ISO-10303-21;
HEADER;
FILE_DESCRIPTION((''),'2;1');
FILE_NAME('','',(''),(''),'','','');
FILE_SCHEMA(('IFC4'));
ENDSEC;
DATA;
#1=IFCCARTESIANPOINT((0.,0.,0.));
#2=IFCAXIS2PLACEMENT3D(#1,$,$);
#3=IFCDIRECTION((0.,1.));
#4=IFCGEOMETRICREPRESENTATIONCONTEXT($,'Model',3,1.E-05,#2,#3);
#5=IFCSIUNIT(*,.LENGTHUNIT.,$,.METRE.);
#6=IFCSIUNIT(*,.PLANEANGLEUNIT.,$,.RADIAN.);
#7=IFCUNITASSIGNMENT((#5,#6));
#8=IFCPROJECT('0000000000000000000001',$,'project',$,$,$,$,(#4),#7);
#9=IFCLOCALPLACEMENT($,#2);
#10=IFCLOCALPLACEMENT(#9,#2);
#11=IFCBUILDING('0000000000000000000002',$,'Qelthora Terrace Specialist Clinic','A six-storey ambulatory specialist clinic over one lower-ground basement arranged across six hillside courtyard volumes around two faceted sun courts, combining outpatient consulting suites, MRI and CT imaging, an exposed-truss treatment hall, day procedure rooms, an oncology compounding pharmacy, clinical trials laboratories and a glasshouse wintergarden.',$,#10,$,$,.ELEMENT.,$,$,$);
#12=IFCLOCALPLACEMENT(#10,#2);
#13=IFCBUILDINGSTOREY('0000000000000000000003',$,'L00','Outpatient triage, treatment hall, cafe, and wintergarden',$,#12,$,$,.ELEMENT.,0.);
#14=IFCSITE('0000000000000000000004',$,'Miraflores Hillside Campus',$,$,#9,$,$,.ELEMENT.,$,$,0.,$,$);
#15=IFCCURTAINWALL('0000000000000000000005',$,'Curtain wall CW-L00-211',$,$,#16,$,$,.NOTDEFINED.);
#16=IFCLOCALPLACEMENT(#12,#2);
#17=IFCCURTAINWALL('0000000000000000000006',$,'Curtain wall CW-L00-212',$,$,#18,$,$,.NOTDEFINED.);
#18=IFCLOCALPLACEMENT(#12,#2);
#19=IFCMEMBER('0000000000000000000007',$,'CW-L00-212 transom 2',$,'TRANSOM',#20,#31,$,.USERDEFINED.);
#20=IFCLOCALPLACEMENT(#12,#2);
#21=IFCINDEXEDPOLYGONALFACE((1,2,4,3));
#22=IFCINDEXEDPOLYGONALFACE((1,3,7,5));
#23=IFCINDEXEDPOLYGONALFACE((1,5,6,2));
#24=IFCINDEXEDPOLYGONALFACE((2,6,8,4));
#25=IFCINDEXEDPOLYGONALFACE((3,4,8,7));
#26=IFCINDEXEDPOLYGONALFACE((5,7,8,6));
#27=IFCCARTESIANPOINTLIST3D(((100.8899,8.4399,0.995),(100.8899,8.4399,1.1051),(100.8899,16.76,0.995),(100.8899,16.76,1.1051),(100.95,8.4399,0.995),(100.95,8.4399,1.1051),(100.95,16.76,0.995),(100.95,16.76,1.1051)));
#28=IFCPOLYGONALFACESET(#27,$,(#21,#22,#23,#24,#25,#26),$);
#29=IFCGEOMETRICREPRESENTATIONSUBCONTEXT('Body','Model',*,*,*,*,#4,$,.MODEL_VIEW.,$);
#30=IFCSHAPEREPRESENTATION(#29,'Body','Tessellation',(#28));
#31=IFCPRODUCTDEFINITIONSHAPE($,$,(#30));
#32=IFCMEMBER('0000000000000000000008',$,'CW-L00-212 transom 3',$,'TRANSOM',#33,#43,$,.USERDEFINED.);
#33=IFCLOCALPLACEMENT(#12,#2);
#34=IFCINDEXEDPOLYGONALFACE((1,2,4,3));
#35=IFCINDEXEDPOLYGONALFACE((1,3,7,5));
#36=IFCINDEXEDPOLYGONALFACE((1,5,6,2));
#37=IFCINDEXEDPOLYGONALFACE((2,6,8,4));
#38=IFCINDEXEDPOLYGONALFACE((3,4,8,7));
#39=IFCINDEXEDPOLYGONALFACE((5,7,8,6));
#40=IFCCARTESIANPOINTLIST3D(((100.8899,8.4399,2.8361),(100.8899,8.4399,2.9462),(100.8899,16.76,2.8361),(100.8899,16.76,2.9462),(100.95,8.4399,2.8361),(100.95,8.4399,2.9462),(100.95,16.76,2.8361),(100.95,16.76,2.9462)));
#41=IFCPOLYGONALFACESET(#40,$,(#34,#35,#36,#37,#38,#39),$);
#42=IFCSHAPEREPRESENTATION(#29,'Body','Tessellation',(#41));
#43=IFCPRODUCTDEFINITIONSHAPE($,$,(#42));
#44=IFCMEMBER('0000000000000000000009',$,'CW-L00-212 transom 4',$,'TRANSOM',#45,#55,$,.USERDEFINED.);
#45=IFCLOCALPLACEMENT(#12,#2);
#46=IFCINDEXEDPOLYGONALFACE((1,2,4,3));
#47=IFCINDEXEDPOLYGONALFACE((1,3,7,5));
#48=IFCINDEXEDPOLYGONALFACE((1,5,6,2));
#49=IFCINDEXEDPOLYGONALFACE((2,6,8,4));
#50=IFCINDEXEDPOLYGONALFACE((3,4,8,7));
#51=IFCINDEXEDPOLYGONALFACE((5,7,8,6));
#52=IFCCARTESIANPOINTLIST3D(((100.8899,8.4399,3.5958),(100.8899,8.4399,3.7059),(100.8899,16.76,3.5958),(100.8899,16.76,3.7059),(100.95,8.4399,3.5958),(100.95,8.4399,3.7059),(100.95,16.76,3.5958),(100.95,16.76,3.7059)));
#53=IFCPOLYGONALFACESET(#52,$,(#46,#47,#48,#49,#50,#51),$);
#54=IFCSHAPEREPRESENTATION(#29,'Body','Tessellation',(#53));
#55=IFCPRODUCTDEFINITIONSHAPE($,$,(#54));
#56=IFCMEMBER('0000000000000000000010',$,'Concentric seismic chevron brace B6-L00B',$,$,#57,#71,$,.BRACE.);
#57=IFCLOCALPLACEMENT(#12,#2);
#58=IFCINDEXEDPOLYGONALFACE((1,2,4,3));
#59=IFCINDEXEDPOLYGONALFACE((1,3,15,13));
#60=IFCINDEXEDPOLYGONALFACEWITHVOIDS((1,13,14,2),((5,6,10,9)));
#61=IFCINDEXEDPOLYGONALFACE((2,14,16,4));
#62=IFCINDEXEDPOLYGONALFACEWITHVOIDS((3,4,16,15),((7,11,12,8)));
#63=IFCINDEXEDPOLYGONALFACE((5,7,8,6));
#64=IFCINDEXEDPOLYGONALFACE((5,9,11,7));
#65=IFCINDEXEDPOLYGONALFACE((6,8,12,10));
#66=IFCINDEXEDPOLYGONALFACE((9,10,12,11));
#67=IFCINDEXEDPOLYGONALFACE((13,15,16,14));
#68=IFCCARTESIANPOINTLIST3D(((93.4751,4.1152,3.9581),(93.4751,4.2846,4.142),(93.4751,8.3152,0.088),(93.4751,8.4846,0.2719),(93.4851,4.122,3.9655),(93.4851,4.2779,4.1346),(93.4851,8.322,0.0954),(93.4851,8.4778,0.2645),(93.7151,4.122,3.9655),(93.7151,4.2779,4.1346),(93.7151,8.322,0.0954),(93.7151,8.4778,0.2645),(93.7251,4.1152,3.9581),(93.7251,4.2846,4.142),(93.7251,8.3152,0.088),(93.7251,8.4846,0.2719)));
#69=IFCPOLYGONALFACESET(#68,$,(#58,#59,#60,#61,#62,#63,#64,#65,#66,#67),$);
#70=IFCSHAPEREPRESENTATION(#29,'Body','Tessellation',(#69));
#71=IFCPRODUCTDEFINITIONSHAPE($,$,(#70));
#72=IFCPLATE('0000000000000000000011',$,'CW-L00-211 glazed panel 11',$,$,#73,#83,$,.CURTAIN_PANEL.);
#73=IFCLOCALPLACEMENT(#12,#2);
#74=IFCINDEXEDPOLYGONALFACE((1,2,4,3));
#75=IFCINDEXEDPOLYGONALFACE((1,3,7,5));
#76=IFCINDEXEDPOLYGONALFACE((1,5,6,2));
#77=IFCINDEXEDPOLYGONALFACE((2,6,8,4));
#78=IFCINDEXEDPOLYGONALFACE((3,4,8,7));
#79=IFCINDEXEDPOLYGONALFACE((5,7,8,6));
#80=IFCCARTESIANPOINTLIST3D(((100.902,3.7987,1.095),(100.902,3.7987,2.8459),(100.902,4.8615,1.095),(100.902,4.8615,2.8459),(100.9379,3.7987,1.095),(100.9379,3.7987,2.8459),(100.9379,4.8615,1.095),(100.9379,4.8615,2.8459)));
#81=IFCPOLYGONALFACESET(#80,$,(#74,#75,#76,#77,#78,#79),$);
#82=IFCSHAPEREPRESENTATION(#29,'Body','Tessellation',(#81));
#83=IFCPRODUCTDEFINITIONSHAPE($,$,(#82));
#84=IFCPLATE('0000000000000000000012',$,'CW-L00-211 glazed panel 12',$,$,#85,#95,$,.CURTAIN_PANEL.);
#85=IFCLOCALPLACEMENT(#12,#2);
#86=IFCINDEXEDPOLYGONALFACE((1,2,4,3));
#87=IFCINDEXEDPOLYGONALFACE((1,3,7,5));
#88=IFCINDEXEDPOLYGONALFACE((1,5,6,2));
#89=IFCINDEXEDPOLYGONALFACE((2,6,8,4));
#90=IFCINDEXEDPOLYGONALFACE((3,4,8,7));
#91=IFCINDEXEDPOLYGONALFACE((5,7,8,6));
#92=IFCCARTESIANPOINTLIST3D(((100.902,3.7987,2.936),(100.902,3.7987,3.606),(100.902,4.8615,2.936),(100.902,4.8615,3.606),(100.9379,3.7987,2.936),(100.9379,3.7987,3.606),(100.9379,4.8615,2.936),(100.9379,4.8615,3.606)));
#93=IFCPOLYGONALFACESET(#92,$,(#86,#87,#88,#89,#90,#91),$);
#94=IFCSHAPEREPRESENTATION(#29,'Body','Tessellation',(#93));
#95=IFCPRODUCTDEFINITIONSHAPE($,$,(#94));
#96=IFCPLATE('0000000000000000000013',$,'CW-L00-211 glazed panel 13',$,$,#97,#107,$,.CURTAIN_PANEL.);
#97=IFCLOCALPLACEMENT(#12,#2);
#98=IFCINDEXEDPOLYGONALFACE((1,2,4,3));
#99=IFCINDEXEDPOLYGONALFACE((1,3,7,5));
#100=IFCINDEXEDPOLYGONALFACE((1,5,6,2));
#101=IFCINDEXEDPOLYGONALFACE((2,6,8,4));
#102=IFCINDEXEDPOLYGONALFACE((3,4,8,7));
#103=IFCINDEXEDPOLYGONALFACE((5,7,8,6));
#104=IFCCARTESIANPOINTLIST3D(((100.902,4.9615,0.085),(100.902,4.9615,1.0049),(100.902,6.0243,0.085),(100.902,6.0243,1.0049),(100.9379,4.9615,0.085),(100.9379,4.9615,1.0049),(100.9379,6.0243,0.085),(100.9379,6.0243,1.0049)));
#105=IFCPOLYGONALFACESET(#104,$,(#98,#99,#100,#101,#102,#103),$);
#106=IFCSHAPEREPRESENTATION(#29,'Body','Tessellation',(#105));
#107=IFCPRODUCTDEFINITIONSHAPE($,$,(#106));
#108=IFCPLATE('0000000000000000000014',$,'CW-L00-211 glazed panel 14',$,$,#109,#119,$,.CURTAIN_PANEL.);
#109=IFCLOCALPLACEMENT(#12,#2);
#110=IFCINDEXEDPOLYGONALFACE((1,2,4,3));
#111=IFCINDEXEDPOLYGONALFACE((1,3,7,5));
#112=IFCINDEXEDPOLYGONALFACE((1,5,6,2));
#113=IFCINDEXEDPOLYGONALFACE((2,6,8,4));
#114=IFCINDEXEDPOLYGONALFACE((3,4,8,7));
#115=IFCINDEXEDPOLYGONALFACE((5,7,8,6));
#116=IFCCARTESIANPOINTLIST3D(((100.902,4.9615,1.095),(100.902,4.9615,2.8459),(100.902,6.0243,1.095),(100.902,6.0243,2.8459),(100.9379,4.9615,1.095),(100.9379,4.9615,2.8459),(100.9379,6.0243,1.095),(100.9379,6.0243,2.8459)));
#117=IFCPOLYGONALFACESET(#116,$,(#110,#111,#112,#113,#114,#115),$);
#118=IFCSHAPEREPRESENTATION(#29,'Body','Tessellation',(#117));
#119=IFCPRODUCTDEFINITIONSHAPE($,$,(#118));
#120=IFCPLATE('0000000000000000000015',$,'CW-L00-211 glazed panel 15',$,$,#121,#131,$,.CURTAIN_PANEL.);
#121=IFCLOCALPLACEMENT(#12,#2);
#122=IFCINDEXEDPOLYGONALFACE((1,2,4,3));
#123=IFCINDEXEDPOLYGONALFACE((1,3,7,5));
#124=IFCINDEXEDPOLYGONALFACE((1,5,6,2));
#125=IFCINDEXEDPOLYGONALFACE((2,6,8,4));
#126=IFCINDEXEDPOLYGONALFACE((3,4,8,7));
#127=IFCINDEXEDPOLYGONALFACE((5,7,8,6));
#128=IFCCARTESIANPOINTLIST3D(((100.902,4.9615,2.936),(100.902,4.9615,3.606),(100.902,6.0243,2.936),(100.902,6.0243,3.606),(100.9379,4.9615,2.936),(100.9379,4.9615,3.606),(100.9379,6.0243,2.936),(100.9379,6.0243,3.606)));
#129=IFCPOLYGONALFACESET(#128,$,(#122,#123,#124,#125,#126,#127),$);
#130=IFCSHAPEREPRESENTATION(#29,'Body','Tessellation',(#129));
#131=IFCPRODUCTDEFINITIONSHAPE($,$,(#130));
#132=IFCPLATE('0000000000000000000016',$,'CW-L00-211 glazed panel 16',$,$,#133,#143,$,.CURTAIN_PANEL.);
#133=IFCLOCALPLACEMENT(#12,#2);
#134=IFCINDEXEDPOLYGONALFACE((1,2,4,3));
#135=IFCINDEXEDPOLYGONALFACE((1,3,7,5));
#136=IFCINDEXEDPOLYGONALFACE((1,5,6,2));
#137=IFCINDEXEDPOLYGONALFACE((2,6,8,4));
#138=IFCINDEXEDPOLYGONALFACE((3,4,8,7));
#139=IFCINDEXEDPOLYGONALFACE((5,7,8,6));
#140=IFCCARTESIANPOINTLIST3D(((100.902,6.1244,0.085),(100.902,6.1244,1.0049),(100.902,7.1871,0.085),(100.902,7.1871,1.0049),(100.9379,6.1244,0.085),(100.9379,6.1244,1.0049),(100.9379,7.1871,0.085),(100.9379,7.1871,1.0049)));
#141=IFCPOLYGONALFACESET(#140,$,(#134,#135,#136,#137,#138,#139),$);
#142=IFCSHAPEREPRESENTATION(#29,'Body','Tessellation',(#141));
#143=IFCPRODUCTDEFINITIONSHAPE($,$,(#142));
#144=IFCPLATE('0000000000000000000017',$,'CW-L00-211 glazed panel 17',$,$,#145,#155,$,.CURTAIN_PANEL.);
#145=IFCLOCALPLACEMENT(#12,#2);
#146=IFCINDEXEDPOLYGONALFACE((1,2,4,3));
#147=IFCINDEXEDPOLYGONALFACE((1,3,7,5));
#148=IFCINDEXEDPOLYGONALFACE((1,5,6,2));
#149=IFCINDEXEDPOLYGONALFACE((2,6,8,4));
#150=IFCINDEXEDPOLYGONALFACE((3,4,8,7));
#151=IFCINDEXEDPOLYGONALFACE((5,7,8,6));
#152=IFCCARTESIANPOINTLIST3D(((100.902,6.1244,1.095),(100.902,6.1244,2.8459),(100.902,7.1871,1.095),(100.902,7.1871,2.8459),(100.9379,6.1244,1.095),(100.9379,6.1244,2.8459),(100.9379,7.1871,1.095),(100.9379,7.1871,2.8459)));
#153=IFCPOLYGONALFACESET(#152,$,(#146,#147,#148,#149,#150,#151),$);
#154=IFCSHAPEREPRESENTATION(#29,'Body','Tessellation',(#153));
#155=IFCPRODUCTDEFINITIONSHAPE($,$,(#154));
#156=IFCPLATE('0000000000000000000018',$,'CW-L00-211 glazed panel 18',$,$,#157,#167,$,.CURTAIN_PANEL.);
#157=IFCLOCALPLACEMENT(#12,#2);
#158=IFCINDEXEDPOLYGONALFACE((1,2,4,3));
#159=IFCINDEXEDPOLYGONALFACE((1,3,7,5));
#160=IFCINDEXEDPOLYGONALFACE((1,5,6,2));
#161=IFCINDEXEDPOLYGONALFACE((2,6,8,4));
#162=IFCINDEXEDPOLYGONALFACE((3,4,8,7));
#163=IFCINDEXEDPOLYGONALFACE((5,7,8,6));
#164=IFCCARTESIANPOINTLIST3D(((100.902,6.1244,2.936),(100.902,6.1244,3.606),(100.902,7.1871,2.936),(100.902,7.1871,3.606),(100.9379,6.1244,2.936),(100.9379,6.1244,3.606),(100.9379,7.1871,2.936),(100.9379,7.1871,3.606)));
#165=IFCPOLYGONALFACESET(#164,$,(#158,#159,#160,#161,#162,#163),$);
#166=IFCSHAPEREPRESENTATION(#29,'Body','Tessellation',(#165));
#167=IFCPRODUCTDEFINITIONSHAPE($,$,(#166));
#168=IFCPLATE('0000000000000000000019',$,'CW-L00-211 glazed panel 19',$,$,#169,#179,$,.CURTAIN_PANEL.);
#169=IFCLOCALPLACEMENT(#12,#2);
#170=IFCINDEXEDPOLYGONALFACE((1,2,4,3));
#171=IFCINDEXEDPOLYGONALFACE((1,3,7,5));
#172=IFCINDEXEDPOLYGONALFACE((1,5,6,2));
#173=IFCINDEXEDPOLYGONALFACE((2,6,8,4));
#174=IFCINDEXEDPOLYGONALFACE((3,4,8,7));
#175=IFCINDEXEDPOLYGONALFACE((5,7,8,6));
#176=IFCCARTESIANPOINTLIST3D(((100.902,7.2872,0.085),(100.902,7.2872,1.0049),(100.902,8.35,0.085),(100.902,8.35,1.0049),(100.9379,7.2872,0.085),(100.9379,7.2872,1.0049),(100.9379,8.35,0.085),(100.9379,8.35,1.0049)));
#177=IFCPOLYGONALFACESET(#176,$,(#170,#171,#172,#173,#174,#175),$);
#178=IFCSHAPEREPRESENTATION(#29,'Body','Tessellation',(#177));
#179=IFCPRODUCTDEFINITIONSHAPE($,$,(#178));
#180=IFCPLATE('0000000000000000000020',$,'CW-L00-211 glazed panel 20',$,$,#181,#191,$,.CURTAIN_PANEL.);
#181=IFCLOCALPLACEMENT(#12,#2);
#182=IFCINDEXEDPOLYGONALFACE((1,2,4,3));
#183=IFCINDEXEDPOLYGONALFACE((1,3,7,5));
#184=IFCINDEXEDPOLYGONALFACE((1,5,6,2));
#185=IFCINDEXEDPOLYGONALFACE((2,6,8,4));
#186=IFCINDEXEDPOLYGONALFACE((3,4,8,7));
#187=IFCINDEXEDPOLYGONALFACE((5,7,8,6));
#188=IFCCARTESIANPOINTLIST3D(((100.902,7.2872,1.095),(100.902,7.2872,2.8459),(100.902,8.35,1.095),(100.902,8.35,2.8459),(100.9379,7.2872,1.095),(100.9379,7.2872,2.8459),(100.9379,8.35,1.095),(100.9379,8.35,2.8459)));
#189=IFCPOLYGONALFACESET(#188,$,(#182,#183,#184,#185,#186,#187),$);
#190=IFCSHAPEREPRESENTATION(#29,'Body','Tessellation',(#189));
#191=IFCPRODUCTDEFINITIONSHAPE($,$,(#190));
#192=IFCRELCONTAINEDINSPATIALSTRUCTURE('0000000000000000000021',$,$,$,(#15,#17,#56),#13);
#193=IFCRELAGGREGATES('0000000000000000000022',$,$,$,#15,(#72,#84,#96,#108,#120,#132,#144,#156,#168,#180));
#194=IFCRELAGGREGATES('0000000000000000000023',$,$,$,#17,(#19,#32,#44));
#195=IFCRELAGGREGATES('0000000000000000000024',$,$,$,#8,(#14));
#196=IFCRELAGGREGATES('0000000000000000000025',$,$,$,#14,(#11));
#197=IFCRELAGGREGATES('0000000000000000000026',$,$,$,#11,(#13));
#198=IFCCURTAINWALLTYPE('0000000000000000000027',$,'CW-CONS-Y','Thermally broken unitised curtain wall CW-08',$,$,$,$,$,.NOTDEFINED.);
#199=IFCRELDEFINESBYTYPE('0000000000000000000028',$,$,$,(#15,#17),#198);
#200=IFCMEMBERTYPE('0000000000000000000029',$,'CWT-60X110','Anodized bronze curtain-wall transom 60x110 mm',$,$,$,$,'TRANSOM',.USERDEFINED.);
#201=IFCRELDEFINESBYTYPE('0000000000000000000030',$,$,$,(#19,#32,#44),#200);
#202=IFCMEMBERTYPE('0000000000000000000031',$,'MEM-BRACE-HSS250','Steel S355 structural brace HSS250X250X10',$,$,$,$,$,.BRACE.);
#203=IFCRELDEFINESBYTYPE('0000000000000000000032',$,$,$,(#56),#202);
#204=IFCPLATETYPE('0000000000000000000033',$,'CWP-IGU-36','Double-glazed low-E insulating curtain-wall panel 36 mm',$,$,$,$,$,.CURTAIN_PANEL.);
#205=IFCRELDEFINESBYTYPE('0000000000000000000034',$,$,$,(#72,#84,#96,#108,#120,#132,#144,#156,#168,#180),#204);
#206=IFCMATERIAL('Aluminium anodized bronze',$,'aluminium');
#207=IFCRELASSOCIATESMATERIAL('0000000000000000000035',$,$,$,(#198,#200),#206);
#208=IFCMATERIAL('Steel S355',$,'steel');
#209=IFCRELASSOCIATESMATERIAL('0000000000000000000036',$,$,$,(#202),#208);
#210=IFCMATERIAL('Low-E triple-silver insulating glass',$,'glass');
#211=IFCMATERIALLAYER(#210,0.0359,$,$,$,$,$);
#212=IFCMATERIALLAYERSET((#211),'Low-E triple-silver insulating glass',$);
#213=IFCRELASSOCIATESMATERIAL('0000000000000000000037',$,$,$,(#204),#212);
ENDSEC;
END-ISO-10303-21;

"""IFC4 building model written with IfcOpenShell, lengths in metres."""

from ifc_helpers import new_model, si_unit, direction, frame, origin, origin_2d, place, context, subcontext, project, spatial, rectangle, hollow_rectangle, extrude, material, layer, layer_set, material_profile, profile_set, type_object, element, aggregate, save


model = new_model("IFC4")

# Units and contexts
model_context = context("Model", 3, precision=1e-05, world=origin(), true_north=direction((0.0, 1.0)))
body_context = subcontext(model_context, "Body", "Model", "MODEL_VIEW")
ifc_project = project(units=[si_unit("LENGTHUNIT", "METRE"), si_unit("PLANEANGLEUNIT", "RADIAN")], contexts=[model_context])

# Site, building, storey
site_placement = place(None, origin())
site = spatial("IfcSite", under=ifc_project, at=site_placement, Name="Miraflores Hillside Campus", CompositionType="ELEMENT", RefElevation=0.0)
building_placement = place(site_placement, origin())
building = spatial("IfcBuilding", under=site, at=building_placement, Name="Qelthora Terrace Specialist Clinic", Description="A six-storey ambulatory specialist clinic over one lower-ground basement arranged across six hillside courtyard volumes around two faceted sun courts, combining outpatient consulting suites, MRI and CT imaging, an exposed-truss treatment hall, day procedure rooms, an oncology compounding pharmacy, clinical trials laboratories and a glasshouse wintergarden.", CompositionType="ELEMENT")
storey_placement = place(building_placement, origin())
storey = spatial("IfcBuildingStorey", under=building, at=storey_placement, Name="L00", Description="Outpatient triage, treatment hall, cafe, and wintergarden", CompositionType="ELEMENT", Elevation=0.0)

# Shared definitions
ifc_material_1 = material(Name="Steel S355", Category="steel")

# Curtain walls, members
ifc_material_2 = material(Name="Aluminium anodized bronze", Category="aluminium")
curtain_wall_type = type_object("IfcCurtainWallType", Name="CW-CONS-Y", Description="Thermally broken unitised curtain wall CW-08", PredefinedType="NOTDEFINED", material=ifc_material_2)
curtain_wall_1_placement = place(storey_placement, origin())
curtain_wall_1 = element("IfcCurtainWall", 1, at=curtain_wall_1_placement, inside=storey, type_object=curtain_wall_type, Name="Curtain wall CW-L00-211", PredefinedType="NOTDEFINED")
curtain_wall_2_placement = place(storey_placement, origin())
curtain_wall_2 = element("IfcCurtainWall", 2, at=curtain_wall_2_placement, inside=storey, type_object=curtain_wall_type, Name="Curtain wall CW-L00-212", PredefinedType="NOTDEFINED")
ifc_material_profile_1 = material_profile(ifc_material_2, rectangle(XDim=0.0601, YDim=0.1101, at=origin_2d()), Name="CWT60X110")
ifc_profile_set_1 = profile_set([ifc_material_profile_1], Name="Aluminium anodized bronze")
member_type_1 = type_object("IfcMemberType", Name="CWT-60X110", Description="Anodized bronze curtain-wall transom 60x110 mm", ElementType="TRANSOM", PredefinedType="USERDEFINED", material=ifc_profile_set_1)
member_1_placement = place(storey_placement, frame((100.9199, 8.4399, 1.05), z_axis=(0.0, 1.0, 0.0), x_axis=(-1.0, 0.0, 0.0)))
member_1 = element("IfcMember", 3, at=member_1_placement, type_object=member_type_1, Name="CW-L00-212 transom 2", ObjectType="TRANSOM", PredefinedType="USERDEFINED", context=body_context, shape_type="SweptSolid", body=[
    extrude(rectangle(XDim=0.0601, YDim=0.1101, at=origin_2d()), origin(), (0.0, 0.0, 1.0), 8.3201),
])
member_2_placement = place(storey_placement, frame((100.9199, 8.4399, 2.8911), z_axis=(0.0, 1.0, 0.0), x_axis=(-1.0, 0.0, 0.0)))
member_2 = element("IfcMember", 4, at=member_2_placement, type_object=member_type_1, Name="CW-L00-212 transom 3", ObjectType="TRANSOM", PredefinedType="USERDEFINED", context=body_context, shape_type="SweptSolid", body=[
    extrude(rectangle(XDim=0.0601, YDim=0.1101, at=origin_2d()), origin(), (0.0, 0.0, 1.0), 8.3201),
])
member_3_placement = place(storey_placement, frame((100.9199, 8.4399, 3.6509), z_axis=(0.0, 1.0, 0.0), x_axis=(-1.0, 0.0, 0.0)))
member_3 = element("IfcMember", 5, at=member_3_placement, type_object=member_type_1, Name="CW-L00-212 transom 4", ObjectType="TRANSOM", PredefinedType="USERDEFINED", context=body_context, shape_type="SweptSolid", body=[
    extrude(rectangle(XDim=0.0601, YDim=0.1101, at=origin_2d()), origin(), (0.0, 0.0, 1.0), 8.3201),
])

# Member
ifc_material_profile_2 = material_profile(ifc_material_1, hollow_rectangle(XDim=0.25, YDim=0.25, WallThickness=0.01, at=origin_2d()), Name="HSS250X250X10")
ifc_profile_set_2 = profile_set([ifc_material_profile_2], Name="Steel S355")
member_type_2 = type_object("IfcMemberType", Name="MEM-BRACE-HSS250", Description="Steel S355 structural brace HSS250X250X10", PredefinedType="BRACE", material=ifc_profile_set_2)
member_4_placement = place(storey_placement, frame((93.6001, 8.3999, 0.1799), z_axis=(0.0, -0.735393, 0.677641), x_axis=(1.0, 0.0, 0.0)))
element("IfcMember", 6, at=member_4_placement, inside=storey, type_object=member_type_2, Name="Concentric seismic chevron brace B6-L00B", PredefinedType="BRACE", context=body_context, shape_type="SweptSolid", body=[
    extrude(hollow_rectangle(XDim=0.25, YDim=0.25, WallThickness=0.01, at=origin_2d()), origin(), (0.0, 0.0, 1.0), 5.7112),
])

# Plates
ifc_material_3 = material(Name="Low-E triple-silver insulating glass", Category="glass")
ifc_layer_1 = layer(ifc_material_3, 0.0359)
ifc_layer_set_1 = layer_set([ifc_layer_1], Name="Low-E triple-silver insulating glass")
plate_type_1 = type_object("IfcPlateType", Name="CWP-IGU-36", Description="Double-glazed low-E insulating curtain-wall panel 36 mm", PredefinedType="CURTAIN_PANEL", material=ifc_layer_set_1)
plate_1_placement = place(storey_placement, frame((100.9199, 4.3301, 1.095), z_axis=(0.0, 0.0, 1.0), x_axis=(0.0, 1.0, 0.0)))
plate_1 = element("IfcPlate", 7, at=plate_1_placement, type_object=plate_type_1, Name="CW-L00-211 glazed panel 11", PredefinedType="CURTAIN_PANEL", context=body_context, shape_type="SweptSolid", body=[
    extrude(rectangle(XDim=1.0627, YDim=0.0359, at=origin_2d()), origin(), (0.0, 0.0, 1.0), 1.751),
])
plate_2_placement = place(storey_placement, frame((100.9199, 4.3301, 2.936), z_axis=(0.0, 0.0, 1.0), x_axis=(0.0, 1.0, 0.0)))
plate_2 = element("IfcPlate", 8, at=plate_2_placement, type_object=plate_type_1, Name="CW-L00-211 glazed panel 12", PredefinedType="CURTAIN_PANEL", context=body_context, shape_type="SweptSolid", body=[
    extrude(rectangle(XDim=1.0627, YDim=0.0359, at=origin_2d()), origin(), (0.0, 0.0, 1.0), 0.6699),
])
plate_3_placement = place(storey_placement, frame((100.9199, 5.4929, 0.085), z_axis=(0.0, 0.0, 1.0), x_axis=(0.0, 1.0, 0.0)))
plate_3 = element("IfcPlate", 9, at=plate_3_placement, type_object=plate_type_1, Name="CW-L00-211 glazed panel 13", PredefinedType="CURTAIN_PANEL", context=body_context, shape_type="SweptSolid", body=[
    extrude(rectangle(XDim=1.0627, YDim=0.0359, at=origin_2d()), origin(), (0.0, 0.0, 1.0), 0.9199),
])
plate_4_placement = place(storey_placement, frame((100.9199, 5.4929, 1.095), z_axis=(0.0, 0.0, 1.0), x_axis=(0.0, 1.0, 0.0)))
plate_4 = element("IfcPlate", 10, at=plate_4_placement, type_object=plate_type_1, Name="CW-L00-211 glazed panel 14", PredefinedType="CURTAIN_PANEL", context=body_context, shape_type="SweptSolid", body=[
    extrude(rectangle(XDim=1.0627, YDim=0.0359, at=origin_2d()), origin(), (0.0, 0.0, 1.0), 1.751),
])
plate_5_placement = place(storey_placement, frame((100.9199, 5.4929, 2.936), z_axis=(0.0, 0.0, 1.0), x_axis=(0.0, 1.0, 0.0)))
plate_5 = element("IfcPlate", 11, at=plate_5_placement, type_object=plate_type_1, Name="CW-L00-211 glazed panel 15", PredefinedType="CURTAIN_PANEL", context=body_context, shape_type="SweptSolid", body=[
    extrude(rectangle(XDim=1.0627, YDim=0.0359, at=origin_2d()), origin(), (0.0, 0.0, 1.0), 0.6699),
])
plate_6_placement = place(storey_placement, frame((100.9199, 6.6558, 0.085), z_axis=(0.0, 0.0, 1.0), x_axis=(0.0, 1.0, 0.0)))
plate_6 = element("IfcPlate", 12, at=plate_6_placement, type_object=plate_type_1, Name="CW-L00-211 glazed panel 16", PredefinedType="CURTAIN_PANEL", context=body_context, shape_type="SweptSolid", body=[
    extrude(rectangle(XDim=1.0627, YDim=0.0359, at=origin_2d()), origin(), (0.0, 0.0, 1.0), 0.9199),
])
plate_7_placement = place(storey_placement, frame((100.9199, 6.6558, 1.095), z_axis=(0.0, 0.0, 1.0), x_axis=(0.0, 1.0, 0.0)))
plate_7 = element("IfcPlate", 13, at=plate_7_placement, type_object=plate_type_1, Name="CW-L00-211 glazed panel 17", PredefinedType="CURTAIN_PANEL", context=body_context, shape_type="SweptSolid", body=[
    extrude(rectangle(XDim=1.0627, YDim=0.0359, at=origin_2d()), origin(), (0.0, 0.0, 1.0), 1.751),
])
plate_8_placement = place(storey_placement, frame((100.9199, 6.6558, 2.936), z_axis=(0.0, 0.0, 1.0), x_axis=(0.0, 1.0, 0.0)))
plate_8 = element("IfcPlate", 14, at=plate_8_placement, type_object=plate_type_1, Name="CW-L00-211 glazed panel 18", PredefinedType="CURTAIN_PANEL", context=body_context, shape_type="SweptSolid", body=[
    extrude(rectangle(XDim=1.0627, YDim=0.0359, at=origin_2d()), origin(), (0.0, 0.0, 1.0), 0.6699),
])
plate_9_placement = place(storey_placement, frame((100.9199, 7.8186, 0.085), z_axis=(0.0, 0.0, 1.0), x_axis=(0.0, 1.0, 0.0)))
plate_9 = element("IfcPlate", 15, at=plate_9_placement, type_object=plate_type_1, Name="CW-L00-211 glazed panel 19", PredefinedType="CURTAIN_PANEL", context=body_context, shape_type="SweptSolid", body=[
    extrude(rectangle(XDim=1.0627, YDim=0.0359, at=origin_2d()), origin(), (0.0, 0.0, 1.0), 0.9199),
])
plate_10_placement = place(storey_placement, frame((100.9199, 7.8186, 1.095), z_axis=(0.0, 0.0, 1.0), x_axis=(0.0, 1.0, 0.0)))
plate_10 = element("IfcPlate", 16, at=plate_10_placement, type_object=plate_type_1, Name="CW-L00-211 glazed panel 20", PredefinedType="CURTAIN_PANEL", context=body_context, shape_type="SweptSolid", body=[
    extrude(rectangle(XDim=1.0627, YDim=0.0359, at=origin_2d()), origin(), (0.0, 0.0, 1.0), 1.751),
])
aggregate(curtain_wall_1, [plate_1, plate_2, plate_3, plate_4, plate_5, plate_6, plate_7, plate_8, plate_9, plate_10])
aggregate(curtain_wall_2, [member_1, member_2, member_3])

save(model, "model.ifc")
